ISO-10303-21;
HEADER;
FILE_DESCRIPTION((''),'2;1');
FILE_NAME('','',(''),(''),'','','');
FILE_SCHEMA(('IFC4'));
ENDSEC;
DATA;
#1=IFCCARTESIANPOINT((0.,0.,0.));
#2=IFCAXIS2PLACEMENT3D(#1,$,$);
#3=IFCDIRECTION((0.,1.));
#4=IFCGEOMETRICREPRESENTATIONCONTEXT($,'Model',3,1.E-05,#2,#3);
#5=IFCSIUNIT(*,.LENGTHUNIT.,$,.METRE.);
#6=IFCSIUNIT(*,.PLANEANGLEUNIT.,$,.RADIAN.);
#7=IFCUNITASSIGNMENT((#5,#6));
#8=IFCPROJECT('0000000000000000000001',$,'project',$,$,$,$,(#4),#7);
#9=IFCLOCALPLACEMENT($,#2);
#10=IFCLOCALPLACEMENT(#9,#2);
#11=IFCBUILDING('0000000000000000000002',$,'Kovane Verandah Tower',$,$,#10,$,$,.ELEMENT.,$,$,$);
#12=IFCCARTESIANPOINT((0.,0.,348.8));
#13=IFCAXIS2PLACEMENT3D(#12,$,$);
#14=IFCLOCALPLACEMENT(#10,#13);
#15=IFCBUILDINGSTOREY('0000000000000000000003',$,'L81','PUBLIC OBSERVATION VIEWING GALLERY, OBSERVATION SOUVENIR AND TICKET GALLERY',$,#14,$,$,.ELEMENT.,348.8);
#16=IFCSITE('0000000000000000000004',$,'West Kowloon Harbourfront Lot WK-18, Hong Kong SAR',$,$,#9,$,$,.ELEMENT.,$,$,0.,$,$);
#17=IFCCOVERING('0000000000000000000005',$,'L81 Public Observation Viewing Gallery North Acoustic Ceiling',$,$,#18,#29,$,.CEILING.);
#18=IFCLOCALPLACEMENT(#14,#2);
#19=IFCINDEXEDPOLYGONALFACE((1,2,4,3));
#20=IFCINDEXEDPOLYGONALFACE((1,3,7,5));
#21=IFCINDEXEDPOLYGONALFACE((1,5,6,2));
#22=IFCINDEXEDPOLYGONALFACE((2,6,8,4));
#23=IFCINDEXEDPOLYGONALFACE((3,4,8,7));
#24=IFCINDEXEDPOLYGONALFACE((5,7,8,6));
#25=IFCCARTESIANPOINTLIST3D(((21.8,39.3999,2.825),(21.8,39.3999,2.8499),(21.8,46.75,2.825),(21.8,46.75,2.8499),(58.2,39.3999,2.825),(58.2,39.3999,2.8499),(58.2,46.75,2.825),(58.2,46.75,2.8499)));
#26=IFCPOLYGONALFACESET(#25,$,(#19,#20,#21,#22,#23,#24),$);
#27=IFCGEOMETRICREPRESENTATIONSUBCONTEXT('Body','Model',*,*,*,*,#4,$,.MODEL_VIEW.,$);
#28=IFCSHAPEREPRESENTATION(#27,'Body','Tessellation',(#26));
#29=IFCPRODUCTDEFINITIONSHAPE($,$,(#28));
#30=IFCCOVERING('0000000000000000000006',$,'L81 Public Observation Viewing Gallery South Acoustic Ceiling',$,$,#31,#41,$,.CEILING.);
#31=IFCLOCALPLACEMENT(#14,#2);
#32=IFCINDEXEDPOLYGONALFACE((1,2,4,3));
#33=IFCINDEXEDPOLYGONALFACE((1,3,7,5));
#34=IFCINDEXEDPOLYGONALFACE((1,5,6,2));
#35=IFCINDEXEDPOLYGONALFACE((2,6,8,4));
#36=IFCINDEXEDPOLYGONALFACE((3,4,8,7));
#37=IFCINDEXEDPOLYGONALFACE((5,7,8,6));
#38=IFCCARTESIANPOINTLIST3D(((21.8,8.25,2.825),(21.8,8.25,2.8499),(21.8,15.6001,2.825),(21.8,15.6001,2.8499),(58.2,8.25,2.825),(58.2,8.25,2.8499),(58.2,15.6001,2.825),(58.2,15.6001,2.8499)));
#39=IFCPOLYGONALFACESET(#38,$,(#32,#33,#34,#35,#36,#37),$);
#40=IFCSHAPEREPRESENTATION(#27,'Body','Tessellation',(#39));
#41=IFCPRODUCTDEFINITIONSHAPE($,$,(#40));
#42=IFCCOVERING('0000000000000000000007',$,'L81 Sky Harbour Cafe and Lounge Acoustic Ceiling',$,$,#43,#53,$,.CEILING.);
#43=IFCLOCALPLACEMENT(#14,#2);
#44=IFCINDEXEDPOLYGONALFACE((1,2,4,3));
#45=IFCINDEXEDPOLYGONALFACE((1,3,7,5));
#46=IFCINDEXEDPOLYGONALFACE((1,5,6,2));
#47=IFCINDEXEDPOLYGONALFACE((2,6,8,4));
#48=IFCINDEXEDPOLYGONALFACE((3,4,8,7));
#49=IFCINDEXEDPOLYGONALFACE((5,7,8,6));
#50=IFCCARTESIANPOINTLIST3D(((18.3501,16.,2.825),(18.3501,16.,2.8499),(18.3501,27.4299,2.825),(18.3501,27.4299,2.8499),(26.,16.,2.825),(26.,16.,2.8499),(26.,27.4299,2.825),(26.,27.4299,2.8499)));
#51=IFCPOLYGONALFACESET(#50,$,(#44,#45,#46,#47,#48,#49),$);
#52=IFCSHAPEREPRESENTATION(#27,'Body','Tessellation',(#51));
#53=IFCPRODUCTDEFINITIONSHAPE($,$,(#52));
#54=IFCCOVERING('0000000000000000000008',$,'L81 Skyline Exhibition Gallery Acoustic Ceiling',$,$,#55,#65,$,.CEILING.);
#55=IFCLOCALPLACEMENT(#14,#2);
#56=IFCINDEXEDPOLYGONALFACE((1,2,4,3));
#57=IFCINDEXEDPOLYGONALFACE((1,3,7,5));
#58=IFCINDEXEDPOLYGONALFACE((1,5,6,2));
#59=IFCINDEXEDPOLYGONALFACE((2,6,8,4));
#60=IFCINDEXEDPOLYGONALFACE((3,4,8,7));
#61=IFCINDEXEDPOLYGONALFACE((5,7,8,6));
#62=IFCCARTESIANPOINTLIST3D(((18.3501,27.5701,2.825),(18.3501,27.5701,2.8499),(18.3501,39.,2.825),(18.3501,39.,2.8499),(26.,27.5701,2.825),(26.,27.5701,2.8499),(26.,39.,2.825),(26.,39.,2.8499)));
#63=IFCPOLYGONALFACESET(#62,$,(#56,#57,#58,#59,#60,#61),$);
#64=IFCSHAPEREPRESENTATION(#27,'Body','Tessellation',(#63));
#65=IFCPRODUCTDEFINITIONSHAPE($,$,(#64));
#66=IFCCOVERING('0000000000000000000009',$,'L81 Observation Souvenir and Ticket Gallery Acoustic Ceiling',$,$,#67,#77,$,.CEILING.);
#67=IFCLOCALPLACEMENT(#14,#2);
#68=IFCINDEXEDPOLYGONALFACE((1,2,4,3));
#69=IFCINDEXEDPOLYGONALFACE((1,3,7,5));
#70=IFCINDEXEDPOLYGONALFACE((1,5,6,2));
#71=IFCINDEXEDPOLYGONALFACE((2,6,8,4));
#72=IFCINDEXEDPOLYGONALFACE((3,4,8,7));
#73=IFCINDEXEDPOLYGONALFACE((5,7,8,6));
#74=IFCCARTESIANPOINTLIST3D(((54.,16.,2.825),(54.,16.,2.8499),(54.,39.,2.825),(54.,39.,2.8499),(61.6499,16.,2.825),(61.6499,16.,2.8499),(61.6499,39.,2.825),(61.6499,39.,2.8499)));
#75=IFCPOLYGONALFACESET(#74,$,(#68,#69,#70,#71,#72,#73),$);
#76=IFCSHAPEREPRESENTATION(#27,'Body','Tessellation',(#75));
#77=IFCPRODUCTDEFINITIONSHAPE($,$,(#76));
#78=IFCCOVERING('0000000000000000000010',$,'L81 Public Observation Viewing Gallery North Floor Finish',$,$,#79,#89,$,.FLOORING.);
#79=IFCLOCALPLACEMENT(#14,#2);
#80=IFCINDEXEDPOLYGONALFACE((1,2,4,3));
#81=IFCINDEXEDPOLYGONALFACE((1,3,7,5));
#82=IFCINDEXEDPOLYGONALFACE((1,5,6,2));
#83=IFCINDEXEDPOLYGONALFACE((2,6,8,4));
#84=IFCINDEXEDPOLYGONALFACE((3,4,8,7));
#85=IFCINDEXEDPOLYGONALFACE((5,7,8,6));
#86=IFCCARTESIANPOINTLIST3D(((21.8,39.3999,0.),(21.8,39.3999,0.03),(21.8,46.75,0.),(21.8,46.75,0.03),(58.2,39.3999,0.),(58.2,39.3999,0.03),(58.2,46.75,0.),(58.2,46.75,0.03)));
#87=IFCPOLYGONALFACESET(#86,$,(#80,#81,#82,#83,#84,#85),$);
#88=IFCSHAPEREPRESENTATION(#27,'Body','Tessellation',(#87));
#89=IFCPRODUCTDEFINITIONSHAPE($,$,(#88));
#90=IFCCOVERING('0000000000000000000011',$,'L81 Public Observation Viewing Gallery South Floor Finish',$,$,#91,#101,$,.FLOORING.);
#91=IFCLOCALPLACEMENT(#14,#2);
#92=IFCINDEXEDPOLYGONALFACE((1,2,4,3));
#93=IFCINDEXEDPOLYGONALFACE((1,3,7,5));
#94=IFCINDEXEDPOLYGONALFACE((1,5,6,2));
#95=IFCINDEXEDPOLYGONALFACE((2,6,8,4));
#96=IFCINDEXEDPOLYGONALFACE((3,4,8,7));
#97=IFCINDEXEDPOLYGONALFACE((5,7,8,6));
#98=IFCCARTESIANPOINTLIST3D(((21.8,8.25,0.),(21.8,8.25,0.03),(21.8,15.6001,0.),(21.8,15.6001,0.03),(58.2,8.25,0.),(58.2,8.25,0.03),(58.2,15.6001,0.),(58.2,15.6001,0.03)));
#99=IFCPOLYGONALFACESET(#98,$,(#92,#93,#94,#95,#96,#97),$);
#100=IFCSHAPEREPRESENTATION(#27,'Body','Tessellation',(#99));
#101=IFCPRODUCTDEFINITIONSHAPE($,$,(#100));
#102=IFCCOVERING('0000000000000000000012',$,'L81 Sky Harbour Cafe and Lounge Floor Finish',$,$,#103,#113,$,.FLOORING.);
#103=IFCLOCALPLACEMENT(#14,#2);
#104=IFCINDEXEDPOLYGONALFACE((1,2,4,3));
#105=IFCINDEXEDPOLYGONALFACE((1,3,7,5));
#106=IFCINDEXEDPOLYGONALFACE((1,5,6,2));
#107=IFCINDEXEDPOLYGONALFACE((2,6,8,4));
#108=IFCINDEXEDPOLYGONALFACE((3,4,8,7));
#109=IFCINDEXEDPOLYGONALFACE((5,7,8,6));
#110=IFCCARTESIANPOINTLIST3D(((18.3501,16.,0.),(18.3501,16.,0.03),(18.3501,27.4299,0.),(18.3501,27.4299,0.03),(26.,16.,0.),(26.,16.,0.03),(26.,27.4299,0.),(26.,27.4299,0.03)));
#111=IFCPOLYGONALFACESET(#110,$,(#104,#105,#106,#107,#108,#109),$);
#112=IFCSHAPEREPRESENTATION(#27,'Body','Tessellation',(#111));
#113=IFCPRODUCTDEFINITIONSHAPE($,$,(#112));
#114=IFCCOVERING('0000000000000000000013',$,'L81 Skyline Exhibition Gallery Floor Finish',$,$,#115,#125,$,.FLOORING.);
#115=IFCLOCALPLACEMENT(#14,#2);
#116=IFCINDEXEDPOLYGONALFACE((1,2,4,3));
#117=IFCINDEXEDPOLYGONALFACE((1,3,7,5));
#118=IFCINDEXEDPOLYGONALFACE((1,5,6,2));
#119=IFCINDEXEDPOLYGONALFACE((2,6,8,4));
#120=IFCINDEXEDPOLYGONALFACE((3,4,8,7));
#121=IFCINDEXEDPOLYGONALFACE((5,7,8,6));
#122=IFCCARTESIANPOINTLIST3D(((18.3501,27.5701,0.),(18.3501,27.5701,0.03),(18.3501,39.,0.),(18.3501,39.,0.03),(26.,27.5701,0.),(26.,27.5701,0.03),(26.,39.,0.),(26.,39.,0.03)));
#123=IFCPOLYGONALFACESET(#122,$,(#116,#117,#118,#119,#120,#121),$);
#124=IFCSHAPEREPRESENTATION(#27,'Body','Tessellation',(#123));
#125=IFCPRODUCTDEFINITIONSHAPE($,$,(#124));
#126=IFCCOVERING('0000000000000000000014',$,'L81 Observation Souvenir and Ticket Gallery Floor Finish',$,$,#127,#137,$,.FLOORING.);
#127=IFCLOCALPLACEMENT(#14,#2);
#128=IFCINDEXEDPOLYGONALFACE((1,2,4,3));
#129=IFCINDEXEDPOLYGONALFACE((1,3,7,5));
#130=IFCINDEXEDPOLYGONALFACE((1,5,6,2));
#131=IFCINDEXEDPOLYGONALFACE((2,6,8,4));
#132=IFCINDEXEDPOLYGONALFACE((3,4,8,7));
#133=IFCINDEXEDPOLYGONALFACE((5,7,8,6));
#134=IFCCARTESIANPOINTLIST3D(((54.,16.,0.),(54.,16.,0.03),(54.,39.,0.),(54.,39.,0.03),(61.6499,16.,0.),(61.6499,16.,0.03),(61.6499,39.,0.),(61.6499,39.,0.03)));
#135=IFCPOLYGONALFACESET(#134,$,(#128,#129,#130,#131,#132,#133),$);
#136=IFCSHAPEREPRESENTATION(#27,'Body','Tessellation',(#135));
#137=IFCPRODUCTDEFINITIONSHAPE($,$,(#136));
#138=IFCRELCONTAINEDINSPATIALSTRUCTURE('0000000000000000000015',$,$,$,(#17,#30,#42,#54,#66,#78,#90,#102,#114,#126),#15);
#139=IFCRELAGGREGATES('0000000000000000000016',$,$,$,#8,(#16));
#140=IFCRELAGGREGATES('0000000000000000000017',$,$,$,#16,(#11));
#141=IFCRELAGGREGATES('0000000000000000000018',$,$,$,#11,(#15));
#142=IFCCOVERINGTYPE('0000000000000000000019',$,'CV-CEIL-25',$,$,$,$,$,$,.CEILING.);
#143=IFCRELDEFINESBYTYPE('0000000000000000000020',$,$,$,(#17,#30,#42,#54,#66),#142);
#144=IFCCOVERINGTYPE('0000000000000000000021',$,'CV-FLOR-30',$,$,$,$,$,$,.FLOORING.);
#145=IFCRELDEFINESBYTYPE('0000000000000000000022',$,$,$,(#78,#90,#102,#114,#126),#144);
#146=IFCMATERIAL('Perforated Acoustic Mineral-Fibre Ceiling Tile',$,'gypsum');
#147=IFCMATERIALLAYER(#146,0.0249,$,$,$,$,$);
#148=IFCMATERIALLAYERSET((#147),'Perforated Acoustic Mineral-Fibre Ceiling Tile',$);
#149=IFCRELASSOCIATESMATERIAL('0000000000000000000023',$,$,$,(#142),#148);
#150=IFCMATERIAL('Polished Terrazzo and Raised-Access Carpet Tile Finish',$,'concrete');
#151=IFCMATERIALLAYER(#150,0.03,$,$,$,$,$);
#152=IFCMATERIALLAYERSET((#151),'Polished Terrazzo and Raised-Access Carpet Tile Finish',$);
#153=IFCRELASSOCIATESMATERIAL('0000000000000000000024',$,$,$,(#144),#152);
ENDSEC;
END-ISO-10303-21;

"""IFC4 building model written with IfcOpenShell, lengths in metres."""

from ifc_helpers import new_model, si_unit, direction, frame, origin, place, context, subcontext, project, spatial, polyline, outline, extrude, material, layer, layer_set, type_object, element, save


model = new_model("IFC4")

# Units and contexts
model_context = context("Model", 3, precision=1e-05, world=origin(), true_north=direction((0.0, 1.0)))
body_context = subcontext(model_context, "Body", "Model", "MODEL_VIEW")
ifc_project = project(units=[si_unit("LENGTHUNIT", "METRE"), si_unit("PLANEANGLEUNIT", "RADIAN")], contexts=[model_context])

# Site, building, storey
site_placement = place(None, origin())
site = spatial("IfcSite", under=ifc_project, at=site_placement, Name="West Kowloon Harbourfront Lot WK-18, Hong Kong SAR", CompositionType="ELEMENT", RefElevation=0.0)
building_placement = place(site_placement, origin())
building = spatial("IfcBuilding", under=site, at=building_placement, Name="Kovane Verandah Tower", CompositionType="ELEMENT")
storey_placement = place(building_placement, frame((0.0, 0.0, 348.8)))
storey = spatial("IfcBuildingStorey", under=building, at=storey_placement, Name="L81", Description="PUBLIC OBSERVATION VIEWING GALLERY, OBSERVATION SOUVENIR AND TICKET GALLERY", CompositionType="ELEMENT", Elevation=348.8)

# Coverings
ifc_material_1 = material(Name="Perforated Acoustic Mineral-Fibre Ceiling Tile", Category="gypsum")
ifc_layer_1 = layer(ifc_material_1, 0.0249)
ifc_layer_set_1 = layer_set([ifc_layer_1], Name="Perforated Acoustic Mineral-Fibre Ceiling Tile")
covering_type_1 = type_object("IfcCoveringType", Name="CV-CEIL-25", PredefinedType="CEILING", material=ifc_layer_set_1)
covering_1_placement = place(storey_placement, frame((0.0, 0.0, 2.825)))
element("IfcCovering", 1, at=covering_1_placement, inside=storey, type_object=covering_type_1, Name="L81 Public Observation Viewing Gallery North Acoustic Ceiling", PredefinedType="CEILING", context=body_context, shape_type="SweptSolid", body=[
    extrude(outline(polyline([(21.8, 39.3999), (58.2, 39.3999), (58.2, 46.75), (21.8, 46.75), (21.8, 39.3999)])), origin(), (0.0, 0.0, 1.0), 0.0249),
])
covering_2_placement = place(storey_placement, frame((0.0, 0.0, 2.825)))
element("IfcCovering", 2, at=covering_2_placement, inside=storey, type_object=covering_type_1, Name="L81 Public Observation Viewing Gallery South Acoustic Ceiling", PredefinedType="CEILING", context=body_context, shape_type="SweptSolid", body=[
    extrude(outline(polyline([(21.8, 8.25), (58.2, 8.25), (58.2, 15.6001), (21.8, 15.6001), (21.8, 8.25)])), origin(), (0.0, 0.0, 1.0), 0.0249),
])
covering_3_placement = place(storey_placement, frame((0.0, 0.0, 2.825)))
element("IfcCovering", 3, at=covering_3_placement, inside=storey, type_object=covering_type_1, Name="L81 Sky Harbour Cafe and Lounge Acoustic Ceiling", PredefinedType="CEILING", context=body_context, shape_type="SweptSolid", body=[
    extrude(outline(polyline([(18.3501, 16.0), (26.0, 16.0), (26.0, 27.4299), (18.3501, 27.4299), (18.3501, 16.0)])), origin(), (0.0, 0.0, 1.0), 0.0249),
])
covering_4_placement = place(storey_placement, frame((0.0, 0.0, 2.825)))
element("IfcCovering", 4, at=covering_4_placement, inside=storey, type_object=covering_type_1, Name="L81 Skyline Exhibition Gallery Acoustic Ceiling", PredefinedType="CEILING", context=body_context, shape_type="SweptSolid", body=[
    extrude(outline(polyline([(18.3501, 27.5701), (26.0, 27.5701), (26.0, 39.0), (18.3501, 39.0), (18.3501, 27.5701)])), origin(), (0.0, 0.0, 1.0), 0.0249),
])
covering_5_placement = place(storey_placement, frame((0.0, 0.0, 2.825)))
element("IfcCovering", 5, at=covering_5_placement, inside=storey, type_object=covering_type_1, Name="L81 Observation Souvenir and Ticket Gallery Acoustic Ceiling", PredefinedType="CEILING", context=body_context, shape_type="SweptSolid", body=[
    extrude(outline(polyline([(54.0, 16.0), (61.6499, 16.0), (61.6499, 39.0), (54.0, 39.0), (54.0, 16.0)])), origin(), (0.0, 0.0, 1.0), 0.0249),
])
ifc_material_2 = material(Name="Polished Terrazzo and Raised-Access Carpet Tile Finish", Category="concrete")
ifc_layer_2 = layer(ifc_material_2, 0.03)
ifc_layer_set_2 = layer_set([ifc_layer_2], Name="Polished Terrazzo and Raised-Access Carpet Tile Finish")
covering_type_2 = type_object("IfcCoveringType", Name="CV-FLOR-30", PredefinedType="FLOORING", material=ifc_layer_set_2)
covering_6_placement = place(storey_placement, origin())
element("IfcCovering", 6, at=covering_6_placement, inside=storey, type_object=covering_type_2, Name="L81 Public Observation Viewing Gallery North Floor Finish", PredefinedType="FLOORING", context=body_context, shape_type="SweptSolid", body=[
    extrude(outline(polyline([(21.8, 39.3999), (58.2, 39.3999), (58.2, 46.75), (21.8, 46.75), (21.8, 39.3999)])), origin(), (0.0, 0.0, 1.0), 0.03),
])
covering_7_placement = place(storey_placement, origin())
element("IfcCovering", 7, at=covering_7_placement, inside=storey, type_object=covering_type_2, Name="L81 Public Observation Viewing Gallery South Floor Finish", PredefinedType="FLOORING", context=body_context, shape_type="SweptSolid", body=[
    extrude(outline(polyline([(21.8, 8.25), (58.2, 8.25), (58.2, 15.6001), (21.8, 15.6001), (21.8, 8.25)])), origin(), (0.0, 0.0, 1.0), 0.03),
])
covering_8_placement = place(storey_placement, origin())
element("IfcCovering", 8, at=covering_8_placement, inside=storey, type_object=covering_type_2, Name="L81 Sky Harbour Cafe and Lounge Floor Finish", PredefinedType="FLOORING", context=body_context, shape_type="SweptSolid", body=[
    extrude(outline(polyline([(18.3501, 16.0), (26.0, 16.0), (26.0, 27.4299), (18.3501, 27.4299), (18.3501, 16.0)])), origin(), (0.0, 0.0, 1.0), 0.03),
])
covering_9_placement = place(storey_placement, origin())
element("IfcCovering", 9, at=covering_9_placement, inside=storey, type_object=covering_type_2, Name="L81 Skyline Exhibition Gallery Floor Finish", PredefinedType="FLOORING", context=body_context, shape_type="SweptSolid", body=[
    extrude(outline(polyline([(18.3501, 27.5701), (26.0, 27.5701), (26.0, 39.0), (18.3501, 39.0), (18.3501, 27.5701)])), origin(), (0.0, 0.0, 1.0), 0.03),
])
covering_10_placement = place(storey_placement, origin())
element("IfcCovering", 10, at=covering_10_placement, inside=storey, type_object=covering_type_2, Name="L81 Observation Souvenir and Ticket Gallery Floor Finish", PredefinedType="FLOORING", context=body_context, shape_type="SweptSolid", body=[
    extrude(outline(polyline([(54.0, 16.0), (61.6499, 16.0), (61.6499, 39.0), (54.0, 39.0), (54.0, 16.0)])), origin(), (0.0, 0.0, 1.0), 0.03),
])

save(model, "model.ifc")
